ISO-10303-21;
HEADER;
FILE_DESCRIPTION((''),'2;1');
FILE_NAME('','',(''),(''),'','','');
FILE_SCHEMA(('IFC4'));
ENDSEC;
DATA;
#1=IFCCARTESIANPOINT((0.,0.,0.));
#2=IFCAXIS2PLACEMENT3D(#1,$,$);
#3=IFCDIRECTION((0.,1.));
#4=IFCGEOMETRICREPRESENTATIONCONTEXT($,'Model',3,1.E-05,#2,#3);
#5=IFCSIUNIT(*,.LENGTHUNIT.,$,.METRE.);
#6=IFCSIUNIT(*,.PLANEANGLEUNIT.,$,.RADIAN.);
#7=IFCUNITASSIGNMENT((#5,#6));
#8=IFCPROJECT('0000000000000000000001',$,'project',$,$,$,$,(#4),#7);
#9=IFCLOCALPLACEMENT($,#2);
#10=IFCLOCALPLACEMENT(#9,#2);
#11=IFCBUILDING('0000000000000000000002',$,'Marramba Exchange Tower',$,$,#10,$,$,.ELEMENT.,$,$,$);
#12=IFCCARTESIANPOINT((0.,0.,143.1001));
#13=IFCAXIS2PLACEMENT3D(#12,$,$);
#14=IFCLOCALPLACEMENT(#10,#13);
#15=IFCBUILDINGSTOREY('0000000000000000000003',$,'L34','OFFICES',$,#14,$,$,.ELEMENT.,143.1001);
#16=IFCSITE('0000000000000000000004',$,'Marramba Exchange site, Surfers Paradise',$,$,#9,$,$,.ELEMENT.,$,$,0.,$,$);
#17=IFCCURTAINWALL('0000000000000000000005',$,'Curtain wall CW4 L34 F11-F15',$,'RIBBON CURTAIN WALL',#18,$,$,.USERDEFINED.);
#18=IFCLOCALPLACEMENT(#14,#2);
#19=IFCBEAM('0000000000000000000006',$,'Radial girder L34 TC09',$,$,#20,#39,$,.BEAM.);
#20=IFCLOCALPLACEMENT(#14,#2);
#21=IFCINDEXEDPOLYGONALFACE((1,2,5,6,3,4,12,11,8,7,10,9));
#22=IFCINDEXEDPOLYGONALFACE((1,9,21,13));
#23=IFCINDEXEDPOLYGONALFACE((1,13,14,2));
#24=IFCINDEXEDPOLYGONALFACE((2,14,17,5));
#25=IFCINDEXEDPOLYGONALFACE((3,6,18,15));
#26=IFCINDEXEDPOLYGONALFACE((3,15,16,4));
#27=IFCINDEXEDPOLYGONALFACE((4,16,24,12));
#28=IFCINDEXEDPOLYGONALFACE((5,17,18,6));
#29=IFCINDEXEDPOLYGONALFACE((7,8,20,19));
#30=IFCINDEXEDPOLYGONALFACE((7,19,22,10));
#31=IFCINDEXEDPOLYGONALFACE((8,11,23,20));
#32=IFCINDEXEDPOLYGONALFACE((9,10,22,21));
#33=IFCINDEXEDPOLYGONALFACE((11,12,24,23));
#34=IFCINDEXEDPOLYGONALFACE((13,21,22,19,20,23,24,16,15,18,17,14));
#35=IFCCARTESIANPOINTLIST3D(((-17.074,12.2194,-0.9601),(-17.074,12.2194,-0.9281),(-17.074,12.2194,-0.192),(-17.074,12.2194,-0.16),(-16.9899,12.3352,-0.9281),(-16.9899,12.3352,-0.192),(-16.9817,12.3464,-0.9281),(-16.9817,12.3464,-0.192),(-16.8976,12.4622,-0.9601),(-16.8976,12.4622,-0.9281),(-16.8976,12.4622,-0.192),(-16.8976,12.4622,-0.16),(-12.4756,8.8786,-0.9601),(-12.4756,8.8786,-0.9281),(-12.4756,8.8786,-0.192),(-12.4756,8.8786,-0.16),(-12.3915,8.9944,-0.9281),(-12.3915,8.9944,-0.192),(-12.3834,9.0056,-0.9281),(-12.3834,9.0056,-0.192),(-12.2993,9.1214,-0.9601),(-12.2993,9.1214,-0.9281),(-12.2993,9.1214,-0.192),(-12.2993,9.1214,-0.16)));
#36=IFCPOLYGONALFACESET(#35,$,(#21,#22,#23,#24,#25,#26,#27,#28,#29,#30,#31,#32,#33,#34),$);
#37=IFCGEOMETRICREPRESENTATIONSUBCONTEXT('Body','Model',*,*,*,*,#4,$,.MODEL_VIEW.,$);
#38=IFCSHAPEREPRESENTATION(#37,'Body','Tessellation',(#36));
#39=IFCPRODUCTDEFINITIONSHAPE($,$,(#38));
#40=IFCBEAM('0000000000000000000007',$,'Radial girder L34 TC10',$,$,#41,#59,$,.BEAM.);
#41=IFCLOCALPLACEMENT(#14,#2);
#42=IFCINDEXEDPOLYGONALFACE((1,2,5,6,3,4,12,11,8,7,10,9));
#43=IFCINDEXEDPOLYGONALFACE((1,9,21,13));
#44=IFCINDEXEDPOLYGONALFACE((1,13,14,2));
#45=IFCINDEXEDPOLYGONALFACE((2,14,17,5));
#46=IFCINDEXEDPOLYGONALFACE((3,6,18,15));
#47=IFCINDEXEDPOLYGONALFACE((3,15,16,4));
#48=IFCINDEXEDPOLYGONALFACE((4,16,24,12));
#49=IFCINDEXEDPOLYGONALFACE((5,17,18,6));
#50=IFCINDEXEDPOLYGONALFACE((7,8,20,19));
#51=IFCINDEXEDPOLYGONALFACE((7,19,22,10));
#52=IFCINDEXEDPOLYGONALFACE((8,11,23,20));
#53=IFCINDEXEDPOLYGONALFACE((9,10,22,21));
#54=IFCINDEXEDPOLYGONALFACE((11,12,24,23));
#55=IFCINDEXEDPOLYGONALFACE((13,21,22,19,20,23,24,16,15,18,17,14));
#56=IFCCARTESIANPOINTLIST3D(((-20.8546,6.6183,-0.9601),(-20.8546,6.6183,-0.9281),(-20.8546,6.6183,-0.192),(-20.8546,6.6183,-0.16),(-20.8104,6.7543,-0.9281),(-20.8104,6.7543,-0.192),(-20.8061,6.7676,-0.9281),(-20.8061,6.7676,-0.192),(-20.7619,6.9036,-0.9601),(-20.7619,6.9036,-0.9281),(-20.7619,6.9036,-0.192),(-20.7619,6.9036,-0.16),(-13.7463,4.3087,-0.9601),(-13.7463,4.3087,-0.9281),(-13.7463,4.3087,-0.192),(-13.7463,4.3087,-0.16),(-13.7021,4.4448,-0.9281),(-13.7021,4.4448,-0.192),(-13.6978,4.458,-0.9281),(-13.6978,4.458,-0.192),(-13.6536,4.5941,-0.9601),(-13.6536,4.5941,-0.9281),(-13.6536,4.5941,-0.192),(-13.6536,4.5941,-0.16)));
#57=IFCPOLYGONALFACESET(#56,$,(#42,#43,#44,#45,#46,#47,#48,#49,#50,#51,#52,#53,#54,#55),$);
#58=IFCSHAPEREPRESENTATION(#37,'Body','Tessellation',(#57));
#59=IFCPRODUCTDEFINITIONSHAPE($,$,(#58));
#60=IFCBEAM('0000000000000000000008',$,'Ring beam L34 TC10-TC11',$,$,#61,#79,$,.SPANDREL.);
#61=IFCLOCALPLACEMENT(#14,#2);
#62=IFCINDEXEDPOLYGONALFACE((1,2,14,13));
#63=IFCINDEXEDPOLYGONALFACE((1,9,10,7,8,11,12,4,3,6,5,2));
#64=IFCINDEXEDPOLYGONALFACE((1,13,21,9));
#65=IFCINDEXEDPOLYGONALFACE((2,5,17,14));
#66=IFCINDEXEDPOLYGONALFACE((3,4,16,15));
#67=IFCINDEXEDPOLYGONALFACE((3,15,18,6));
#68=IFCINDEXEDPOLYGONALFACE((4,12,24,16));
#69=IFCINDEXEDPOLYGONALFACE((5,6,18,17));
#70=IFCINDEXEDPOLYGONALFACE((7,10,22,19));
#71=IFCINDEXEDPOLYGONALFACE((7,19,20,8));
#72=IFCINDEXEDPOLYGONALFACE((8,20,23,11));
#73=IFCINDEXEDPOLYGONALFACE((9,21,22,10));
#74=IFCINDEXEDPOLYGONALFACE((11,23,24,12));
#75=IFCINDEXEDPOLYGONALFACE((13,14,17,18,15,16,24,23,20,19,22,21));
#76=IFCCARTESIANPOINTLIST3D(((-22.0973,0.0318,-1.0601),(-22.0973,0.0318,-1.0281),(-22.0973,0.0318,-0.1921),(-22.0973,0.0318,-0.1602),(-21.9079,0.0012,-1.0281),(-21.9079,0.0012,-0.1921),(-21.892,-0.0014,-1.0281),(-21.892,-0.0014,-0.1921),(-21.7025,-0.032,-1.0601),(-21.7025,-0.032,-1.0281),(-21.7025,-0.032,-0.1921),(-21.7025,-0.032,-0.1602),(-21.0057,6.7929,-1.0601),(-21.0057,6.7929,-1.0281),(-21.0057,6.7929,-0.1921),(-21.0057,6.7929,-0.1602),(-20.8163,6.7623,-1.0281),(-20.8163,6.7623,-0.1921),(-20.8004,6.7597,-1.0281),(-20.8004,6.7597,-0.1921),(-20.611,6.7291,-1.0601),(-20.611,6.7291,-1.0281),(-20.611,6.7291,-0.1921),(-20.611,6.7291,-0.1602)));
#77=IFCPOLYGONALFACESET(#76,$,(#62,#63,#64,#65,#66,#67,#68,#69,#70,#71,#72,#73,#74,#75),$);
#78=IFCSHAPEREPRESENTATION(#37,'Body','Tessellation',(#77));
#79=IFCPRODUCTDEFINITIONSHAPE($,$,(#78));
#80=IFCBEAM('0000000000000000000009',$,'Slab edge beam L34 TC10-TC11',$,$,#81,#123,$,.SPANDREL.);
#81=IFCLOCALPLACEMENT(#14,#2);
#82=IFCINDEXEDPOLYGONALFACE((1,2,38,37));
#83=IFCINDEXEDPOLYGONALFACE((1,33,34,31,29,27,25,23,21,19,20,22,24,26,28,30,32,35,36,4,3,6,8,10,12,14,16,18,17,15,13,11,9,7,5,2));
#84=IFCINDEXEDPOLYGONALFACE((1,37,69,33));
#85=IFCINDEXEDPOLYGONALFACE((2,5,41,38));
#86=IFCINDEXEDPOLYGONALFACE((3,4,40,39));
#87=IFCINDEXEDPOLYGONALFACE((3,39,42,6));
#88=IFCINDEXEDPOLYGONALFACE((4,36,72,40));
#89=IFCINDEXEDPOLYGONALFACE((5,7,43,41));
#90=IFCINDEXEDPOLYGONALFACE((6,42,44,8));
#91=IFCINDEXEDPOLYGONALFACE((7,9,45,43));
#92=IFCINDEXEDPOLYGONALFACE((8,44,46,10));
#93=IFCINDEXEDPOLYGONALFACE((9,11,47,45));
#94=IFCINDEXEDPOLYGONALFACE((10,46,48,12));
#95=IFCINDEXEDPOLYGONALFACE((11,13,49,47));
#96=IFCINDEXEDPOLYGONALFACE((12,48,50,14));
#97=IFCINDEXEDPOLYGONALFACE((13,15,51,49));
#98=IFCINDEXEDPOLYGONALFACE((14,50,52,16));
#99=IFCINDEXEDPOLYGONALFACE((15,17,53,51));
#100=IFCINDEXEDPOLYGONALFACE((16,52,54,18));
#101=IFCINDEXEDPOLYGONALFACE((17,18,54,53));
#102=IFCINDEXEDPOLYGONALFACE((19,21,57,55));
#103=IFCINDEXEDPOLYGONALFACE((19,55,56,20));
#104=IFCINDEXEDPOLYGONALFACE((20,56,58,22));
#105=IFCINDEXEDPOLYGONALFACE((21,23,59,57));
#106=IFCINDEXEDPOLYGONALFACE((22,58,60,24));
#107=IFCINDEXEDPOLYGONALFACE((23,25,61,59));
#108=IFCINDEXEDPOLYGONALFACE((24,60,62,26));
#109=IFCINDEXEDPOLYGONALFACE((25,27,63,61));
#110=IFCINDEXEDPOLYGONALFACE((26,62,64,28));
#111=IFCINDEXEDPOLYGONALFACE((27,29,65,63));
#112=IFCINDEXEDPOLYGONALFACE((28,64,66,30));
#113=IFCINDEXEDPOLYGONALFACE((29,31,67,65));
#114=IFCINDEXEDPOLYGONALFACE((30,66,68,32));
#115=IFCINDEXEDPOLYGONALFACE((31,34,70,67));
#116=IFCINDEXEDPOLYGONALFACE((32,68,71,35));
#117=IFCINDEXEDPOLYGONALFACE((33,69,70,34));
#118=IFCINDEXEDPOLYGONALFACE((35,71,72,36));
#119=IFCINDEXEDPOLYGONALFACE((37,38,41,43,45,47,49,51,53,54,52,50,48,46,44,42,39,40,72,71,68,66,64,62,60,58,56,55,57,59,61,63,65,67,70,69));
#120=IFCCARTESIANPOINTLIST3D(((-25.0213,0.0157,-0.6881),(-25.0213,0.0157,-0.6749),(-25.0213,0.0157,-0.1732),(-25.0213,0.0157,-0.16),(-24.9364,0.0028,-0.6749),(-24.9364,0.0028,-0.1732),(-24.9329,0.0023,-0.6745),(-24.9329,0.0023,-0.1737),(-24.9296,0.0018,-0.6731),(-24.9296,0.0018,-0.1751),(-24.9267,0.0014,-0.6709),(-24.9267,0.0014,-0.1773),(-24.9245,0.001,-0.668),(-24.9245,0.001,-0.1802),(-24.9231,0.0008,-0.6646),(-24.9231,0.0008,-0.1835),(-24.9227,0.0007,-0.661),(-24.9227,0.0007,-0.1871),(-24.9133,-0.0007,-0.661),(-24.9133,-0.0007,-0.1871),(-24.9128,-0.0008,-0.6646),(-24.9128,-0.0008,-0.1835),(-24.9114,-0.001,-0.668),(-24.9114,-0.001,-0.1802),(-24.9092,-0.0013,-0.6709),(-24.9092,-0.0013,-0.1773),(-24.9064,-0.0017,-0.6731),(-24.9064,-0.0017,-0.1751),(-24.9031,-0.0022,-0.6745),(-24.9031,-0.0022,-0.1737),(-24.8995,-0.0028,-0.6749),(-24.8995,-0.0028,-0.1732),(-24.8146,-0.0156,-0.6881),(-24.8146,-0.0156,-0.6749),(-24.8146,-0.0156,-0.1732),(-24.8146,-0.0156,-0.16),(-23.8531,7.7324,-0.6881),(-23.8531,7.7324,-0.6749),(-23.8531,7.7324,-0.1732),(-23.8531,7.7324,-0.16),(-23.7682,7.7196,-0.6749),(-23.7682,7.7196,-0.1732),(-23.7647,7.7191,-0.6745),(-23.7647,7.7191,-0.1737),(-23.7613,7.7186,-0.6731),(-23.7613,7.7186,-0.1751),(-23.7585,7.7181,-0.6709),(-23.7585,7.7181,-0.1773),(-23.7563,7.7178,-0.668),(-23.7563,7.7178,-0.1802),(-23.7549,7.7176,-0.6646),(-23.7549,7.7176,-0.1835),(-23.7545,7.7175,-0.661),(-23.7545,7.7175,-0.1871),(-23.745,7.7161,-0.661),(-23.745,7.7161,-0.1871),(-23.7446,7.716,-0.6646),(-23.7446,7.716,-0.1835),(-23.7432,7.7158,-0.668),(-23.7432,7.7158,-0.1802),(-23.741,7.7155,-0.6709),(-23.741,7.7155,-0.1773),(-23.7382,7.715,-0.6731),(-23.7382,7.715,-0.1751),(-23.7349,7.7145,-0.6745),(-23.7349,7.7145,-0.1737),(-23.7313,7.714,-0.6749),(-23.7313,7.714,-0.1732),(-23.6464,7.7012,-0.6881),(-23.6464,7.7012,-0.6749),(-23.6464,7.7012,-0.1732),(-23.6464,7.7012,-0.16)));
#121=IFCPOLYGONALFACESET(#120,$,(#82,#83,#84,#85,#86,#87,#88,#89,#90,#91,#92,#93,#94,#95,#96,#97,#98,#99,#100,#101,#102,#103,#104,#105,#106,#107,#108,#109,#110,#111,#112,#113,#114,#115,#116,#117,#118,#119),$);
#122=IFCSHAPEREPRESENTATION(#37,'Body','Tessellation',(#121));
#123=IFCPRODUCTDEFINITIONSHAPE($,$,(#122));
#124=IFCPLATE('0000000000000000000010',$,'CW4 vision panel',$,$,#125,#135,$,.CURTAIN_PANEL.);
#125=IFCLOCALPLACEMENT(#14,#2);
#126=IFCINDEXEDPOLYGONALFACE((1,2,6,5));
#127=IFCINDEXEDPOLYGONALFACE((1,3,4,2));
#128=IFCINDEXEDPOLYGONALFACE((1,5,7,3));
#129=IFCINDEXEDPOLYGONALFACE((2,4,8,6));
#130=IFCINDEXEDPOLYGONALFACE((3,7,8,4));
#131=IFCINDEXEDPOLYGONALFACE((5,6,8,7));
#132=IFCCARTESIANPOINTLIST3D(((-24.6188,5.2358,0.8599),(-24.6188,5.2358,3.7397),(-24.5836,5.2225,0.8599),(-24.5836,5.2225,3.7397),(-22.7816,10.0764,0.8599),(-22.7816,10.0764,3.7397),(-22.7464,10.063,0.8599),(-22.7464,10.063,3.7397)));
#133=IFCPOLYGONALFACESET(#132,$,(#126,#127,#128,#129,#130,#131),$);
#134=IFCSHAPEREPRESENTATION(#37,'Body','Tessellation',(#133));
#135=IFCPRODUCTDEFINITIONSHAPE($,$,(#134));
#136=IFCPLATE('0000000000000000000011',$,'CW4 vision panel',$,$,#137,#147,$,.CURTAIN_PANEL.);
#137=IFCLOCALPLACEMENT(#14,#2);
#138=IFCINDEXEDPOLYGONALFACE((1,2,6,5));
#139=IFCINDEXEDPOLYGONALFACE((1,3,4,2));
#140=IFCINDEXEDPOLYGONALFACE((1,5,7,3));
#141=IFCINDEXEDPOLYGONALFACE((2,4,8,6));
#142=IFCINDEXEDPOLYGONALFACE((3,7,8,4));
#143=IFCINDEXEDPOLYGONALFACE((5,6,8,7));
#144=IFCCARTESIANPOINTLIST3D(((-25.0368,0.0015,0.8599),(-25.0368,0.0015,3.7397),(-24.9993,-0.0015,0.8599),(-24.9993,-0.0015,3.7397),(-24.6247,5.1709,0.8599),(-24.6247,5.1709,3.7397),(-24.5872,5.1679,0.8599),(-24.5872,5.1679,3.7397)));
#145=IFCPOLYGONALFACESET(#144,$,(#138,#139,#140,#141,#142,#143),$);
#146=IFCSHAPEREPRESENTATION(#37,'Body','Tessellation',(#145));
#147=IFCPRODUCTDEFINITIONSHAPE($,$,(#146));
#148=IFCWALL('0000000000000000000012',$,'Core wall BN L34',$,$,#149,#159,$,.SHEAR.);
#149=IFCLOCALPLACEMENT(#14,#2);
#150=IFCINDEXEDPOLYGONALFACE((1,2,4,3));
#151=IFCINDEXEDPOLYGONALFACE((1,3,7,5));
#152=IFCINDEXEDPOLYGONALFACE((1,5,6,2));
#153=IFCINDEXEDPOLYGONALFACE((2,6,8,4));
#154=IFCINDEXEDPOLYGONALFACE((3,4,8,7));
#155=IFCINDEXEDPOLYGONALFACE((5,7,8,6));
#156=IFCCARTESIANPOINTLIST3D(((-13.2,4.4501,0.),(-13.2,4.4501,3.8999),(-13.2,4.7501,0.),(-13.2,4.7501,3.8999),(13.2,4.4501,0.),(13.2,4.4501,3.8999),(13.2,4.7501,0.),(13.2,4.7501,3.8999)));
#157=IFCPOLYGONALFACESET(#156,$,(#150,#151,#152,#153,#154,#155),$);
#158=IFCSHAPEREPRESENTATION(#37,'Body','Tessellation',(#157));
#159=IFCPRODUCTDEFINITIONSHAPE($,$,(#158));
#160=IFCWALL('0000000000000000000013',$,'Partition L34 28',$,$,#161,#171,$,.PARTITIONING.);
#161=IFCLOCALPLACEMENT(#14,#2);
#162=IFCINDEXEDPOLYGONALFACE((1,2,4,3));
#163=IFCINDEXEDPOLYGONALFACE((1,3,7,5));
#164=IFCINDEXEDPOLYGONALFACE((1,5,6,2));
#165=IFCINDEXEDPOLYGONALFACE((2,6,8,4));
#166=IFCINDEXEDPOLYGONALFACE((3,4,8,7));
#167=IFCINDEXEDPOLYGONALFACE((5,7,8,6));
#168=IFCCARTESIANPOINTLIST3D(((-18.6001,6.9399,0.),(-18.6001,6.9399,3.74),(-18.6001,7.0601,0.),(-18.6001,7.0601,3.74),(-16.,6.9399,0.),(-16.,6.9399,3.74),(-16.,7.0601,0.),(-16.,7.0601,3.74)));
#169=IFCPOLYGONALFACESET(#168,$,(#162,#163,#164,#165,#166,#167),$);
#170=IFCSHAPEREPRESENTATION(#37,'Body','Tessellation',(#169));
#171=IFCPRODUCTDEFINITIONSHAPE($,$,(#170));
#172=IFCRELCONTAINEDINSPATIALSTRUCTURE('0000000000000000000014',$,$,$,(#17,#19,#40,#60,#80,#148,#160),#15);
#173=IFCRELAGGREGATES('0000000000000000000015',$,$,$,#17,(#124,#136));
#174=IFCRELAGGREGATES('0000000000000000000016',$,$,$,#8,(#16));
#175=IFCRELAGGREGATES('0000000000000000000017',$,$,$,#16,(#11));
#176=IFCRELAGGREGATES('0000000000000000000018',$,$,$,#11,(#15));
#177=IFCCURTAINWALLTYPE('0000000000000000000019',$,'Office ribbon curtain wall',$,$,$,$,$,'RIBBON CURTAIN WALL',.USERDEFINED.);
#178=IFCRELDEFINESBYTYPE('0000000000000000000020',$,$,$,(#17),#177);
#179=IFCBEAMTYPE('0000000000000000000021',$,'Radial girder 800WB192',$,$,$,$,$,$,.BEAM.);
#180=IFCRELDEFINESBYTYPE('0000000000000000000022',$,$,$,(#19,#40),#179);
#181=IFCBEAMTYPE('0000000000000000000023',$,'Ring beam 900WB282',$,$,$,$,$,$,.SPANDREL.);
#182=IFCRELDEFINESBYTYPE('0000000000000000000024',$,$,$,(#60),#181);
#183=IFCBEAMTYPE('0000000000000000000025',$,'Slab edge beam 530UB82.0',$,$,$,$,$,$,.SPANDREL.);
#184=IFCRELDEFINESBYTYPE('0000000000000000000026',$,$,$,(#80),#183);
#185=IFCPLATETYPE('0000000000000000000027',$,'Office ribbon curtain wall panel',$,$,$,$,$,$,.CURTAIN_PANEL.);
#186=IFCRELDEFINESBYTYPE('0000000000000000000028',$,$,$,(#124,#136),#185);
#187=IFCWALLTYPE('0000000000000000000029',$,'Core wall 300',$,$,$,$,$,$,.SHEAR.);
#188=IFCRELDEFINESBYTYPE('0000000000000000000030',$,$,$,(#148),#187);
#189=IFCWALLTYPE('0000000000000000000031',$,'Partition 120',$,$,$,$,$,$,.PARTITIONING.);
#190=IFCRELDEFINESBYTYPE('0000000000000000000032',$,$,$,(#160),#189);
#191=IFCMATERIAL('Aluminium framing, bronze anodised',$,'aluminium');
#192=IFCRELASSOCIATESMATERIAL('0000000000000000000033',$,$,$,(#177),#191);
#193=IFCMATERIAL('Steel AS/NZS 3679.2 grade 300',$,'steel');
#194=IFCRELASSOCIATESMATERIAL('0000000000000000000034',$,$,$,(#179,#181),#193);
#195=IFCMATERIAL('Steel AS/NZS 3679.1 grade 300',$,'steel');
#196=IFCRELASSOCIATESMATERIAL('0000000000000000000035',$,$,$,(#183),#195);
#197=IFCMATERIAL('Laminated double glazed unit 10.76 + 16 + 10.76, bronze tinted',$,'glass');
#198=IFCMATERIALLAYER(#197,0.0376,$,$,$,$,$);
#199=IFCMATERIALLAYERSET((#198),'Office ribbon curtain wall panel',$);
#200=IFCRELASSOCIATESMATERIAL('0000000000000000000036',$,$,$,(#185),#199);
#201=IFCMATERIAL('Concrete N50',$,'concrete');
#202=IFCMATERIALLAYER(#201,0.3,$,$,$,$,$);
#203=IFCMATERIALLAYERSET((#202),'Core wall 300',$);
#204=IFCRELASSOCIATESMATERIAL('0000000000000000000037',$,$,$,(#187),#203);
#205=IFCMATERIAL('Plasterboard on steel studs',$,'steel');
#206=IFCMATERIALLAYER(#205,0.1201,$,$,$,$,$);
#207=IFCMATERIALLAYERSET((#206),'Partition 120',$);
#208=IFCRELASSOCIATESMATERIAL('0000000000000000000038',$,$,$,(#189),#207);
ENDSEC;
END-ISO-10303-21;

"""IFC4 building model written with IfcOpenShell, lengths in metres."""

from ifc_helpers import new_model, si_unit, direction, frame, frame_2d, origin, origin_2d, place, context, subcontext, project, spatial, rectangle, i_section, extrude, material, layer, layer_set, material_profile, profile_set, type_object, element, aggregate, save


model = new_model("IFC4")

# Units and contexts
model_context = context("Model", 3, precision=1e-05, world=origin(), true_north=direction((0.0, 1.0)))
body_context = subcontext(model_context, "Body", "Model", "MODEL_VIEW")
ifc_project = project(units=[si_unit("LENGTHUNIT", "METRE"), si_unit("PLANEANGLEUNIT", "RADIAN")], contexts=[model_context])

# Site, building, storey
site_placement = place(None, origin())
site = spatial("IfcSite", under=ifc_project, at=site_placement, Name="Marramba Exchange site, Surfers Paradise", CompositionType="ELEMENT", RefElevation=0.0)
building_placement = place(site_placement, origin())
building = spatial("IfcBuilding", under=site, at=building_placement, Name="Marramba Exchange Tower", CompositionType="ELEMENT")
storey_placement = place(building_placement, frame((0.0, 0.0, 143.1001)))
storey = spatial("IfcBuildingStorey", under=building, at=storey_placement, Name="L34", Description="OFFICES", CompositionType="ELEMENT", Elevation=143.1001)

# Shared definitions
ifc_material_1 = material(Name="Concrete N50", Category="concrete")

# Shared definitions
ifc_material_2 = material(Name="Steel AS/NZS 3679.2 grade 300", Category="steel")
ifc_material_3 = material(Name="Steel AS/NZS 3679.1 grade 300", Category="steel")

# Curtain wall
ifc_material_4 = material(Name="Aluminium framing, bronze anodised", Category="aluminium")
curtain_wall_type = type_object("IfcCurtainWallType", Name="Office ribbon curtain wall", ElementType="RIBBON CURTAIN WALL", PredefinedType="USERDEFINED", material=ifc_material_4)
curtain_wall_placement = place(storey_placement, origin())
curtain_wall = element("IfcCurtainWall", 1, at=curtain_wall_placement, inside=storey, type_object=curtain_wall_type, Name="Curtain wall CW4 L34 F11-F15", ObjectType="RIBBON CURTAIN WALL", PredefinedType="USERDEFINED")

# Beams
ifc_material_profile_1 = material_profile(ifc_material_2, i_section(OverallWidth=0.3, OverallDepth=0.8, WebThickness=0.0139, FlangeThickness=0.032, at=origin_2d()), Name="800WB192")
ifc_profile_set_1 = profile_set([ifc_material_profile_1], Name="Steel AS/NZS 3679.2 grade 300")
beam_type_1 = type_object("IfcBeamType", Name="Radial girder 800WB192", PredefinedType="BEAM", material=ifc_profile_set_1)
beam_1_placement = place(storey_placement, frame((-12.3875, 9.0, -0.5601), z_axis=(-0.809026, 0.587773, 0.0), x_axis=(-0.587773, -0.809026, 0.0)))
element("IfcBeam", 2, at=beam_1_placement, inside=storey, type_object=beam_type_1, Name="Radial girder L34 TC09", PredefinedType="BEAM", context=body_context, shape_type="SweptSolid", body=[
    extrude(i_section(OverallWidth=0.3, OverallDepth=0.8, WebThickness=0.0139, FlangeThickness=0.032, at=origin_2d()), origin(), (0.0, 0.0, 1.0), 5.6838),
])
beam_2_placement = place(storey_placement, frame((-13.7, 4.4514, -0.5601), z_axis=(-0.95106, 0.309006, 0.0), x_axis=(-0.309006, -0.95106, 0.0)))
element("IfcBeam", 3, at=beam_2_placement, inside=storey, type_object=beam_type_1, Name="Radial girder L34 TC10", PredefinedType="BEAM", context=body_context, shape_type="SweptSolid", body=[
    extrude(i_section(OverallWidth=0.3, OverallDepth=0.8, WebThickness=0.0139, FlangeThickness=0.032, at=origin_2d()), origin(), (0.0, 0.0, 1.0), 7.4741),
])
ifc_material_profile_2 = material_profile(ifc_material_2, i_section(OverallWidth=0.3999, OverallDepth=0.8999, WebThickness=0.0161, FlangeThickness=0.032, at=origin_2d()), Name="900WB282")
ifc_profile_set_2 = profile_set([ifc_material_profile_2], Name="Steel AS/NZS 3679.2 grade 300")
beam_type_2 = type_object("IfcBeamType", Name="Ring beam 900WB282", PredefinedType="SPANDREL", material=ifc_profile_set_2)
beam_3_placement = place(storey_placement, frame((-20.8083, 6.761, -0.6101), z_axis=(-0.159385, -0.987217, 0.0), x_axis=(0.987217, -0.159385, 0.0)))
element("IfcBeam", 4, at=beam_3_placement, inside=storey, type_object=beam_type_2, Name="Ring beam L34 TC10-TC11", PredefinedType="SPANDREL", context=body_context, shape_type="SweptSolid", body=[
    extrude(i_section(OverallWidth=0.3999, OverallDepth=0.8999, WebThickness=0.0161, FlangeThickness=0.032, at=origin_2d()), origin(), (0.0, 0.0, 1.0), 6.8486),
])
ifc_material_profile_3 = material_profile(ifc_material_3, i_section(OverallWidth=0.209, OverallDepth=0.5281, WebThickness=0.0095, FlangeThickness=0.0132, FilletRadius=0.0139, at=origin_2d()), Name="530UB82.0")
ifc_profile_set_3 = profile_set([ifc_material_profile_3], Name="Steel AS/NZS 3679.1 grade 300")
beam_type_3 = type_object("IfcBeamType", Name="Slab edge beam 530UB82.0", PredefinedType="SPANDREL", material=ifc_profile_set_3)
beam_4_placement = place(storey_placement, frame((-23.7498, 7.7168, -0.4241), z_axis=(-0.14968, -0.988734, 0.0), x_axis=(0.988734, -0.14968, 0.0)))
element("IfcBeam", 5, at=beam_4_placement, inside=storey, type_object=beam_type_3, Name="Slab edge beam L34 TC10-TC11", PredefinedType="SPANDREL", context=body_context, shape_type="SweptSolid", body=[
    extrude(i_section(OverallWidth=0.209, OverallDepth=0.5281, WebThickness=0.0095, FlangeThickness=0.0132, FilletRadius=0.0139, at=origin_2d()), origin(), (0.0, 0.0, 1.0), 7.8047),
])

# Plates
ifc_material_5 = material(Name="Laminated double glazed unit 10.76 + 16 + 10.76, bronze tinted", Category="glass")
ifc_layer_1 = layer(ifc_material_5, 0.0376)
ifc_layer_set_1 = layer_set([ifc_layer_1], Name="Office ribbon curtain wall panel")
plate_type = type_object("IfcPlateType", Name="Office ribbon curtain wall panel", PredefinedType="CURTAIN_PANEL", material=ifc_layer_set_1)
plate_1_placement = place(storey_placement, frame((-23.6826, 7.6494, 0.8599), z_axis=(0.0, 0.0, 1.0), x_axis=(-0.354844, -0.934925, 0.0)))
plate_1 = element("IfcPlate", 6, at=plate_1_placement, type_object=plate_type, Name="CW4 vision panel", PredefinedType="CURTAIN_PANEL", context=body_context, shape_type="SweptSolid", body=[
    extrude(rectangle(XDim=5.1775, YDim=0.0376, at=origin_2d()), origin(), (0.0, 0.0, 1.0), 2.8799),
])
plate_2_placement = place(storey_placement, frame((-24.812, 2.5847, 0.8599), z_axis=(0.0, 0.0, 1.0), x_axis=(-0.07946, -0.996838, 0.0)))
plate_2 = element("IfcPlate", 7, at=plate_2_placement, type_object=plate_type, Name="CW4 vision panel", PredefinedType="CURTAIN_PANEL", context=body_context, shape_type="SweptSolid", body=[
    extrude(rectangle(XDim=5.1858, YDim=0.0376, at=origin_2d()), origin(), (0.0, 0.0, 1.0), 2.8799),
])
aggregate(curtain_wall, [plate_1, plate_2])

# Walls
ifc_layer_2 = layer(ifc_material_1, 0.3)
ifc_layer_set_2 = layer_set([ifc_layer_2], Name="Core wall 300")
wall_type_1 = type_object("IfcWallType", Name="Core wall 300", PredefinedType="SHEAR", material=ifc_layer_set_2)
wall_1_placement = place(storey_placement, frame((-13.2, 4.6001, 0.0), z_axis=(0.0, 0.0, 1.0), x_axis=(1.0, 0.0, 0.0)))
element("IfcWall", 8, at=wall_1_placement, inside=storey, type_object=wall_type_1, Name="Core wall BN L34", PredefinedType="SHEAR", context=body_context, shape_type="SweptSolid", body=[
    extrude(rectangle(XDim=26.3999, YDim=0.3, at=frame_2d((13.2, 0.0))), origin(), (0.0, 0.0, 1.0), 3.8999),
])
ifc_material_6 = material(Name="Plasterboard on steel studs", Category="steel")
ifc_layer_3 = layer(ifc_material_6, 0.1201)
ifc_layer_set_3 = layer_set([ifc_layer_3], Name="Partition 120")
wall_type_2 = type_object("IfcWallType", Name="Partition 120", PredefinedType="PARTITIONING", material=ifc_layer_set_3)
wall_2_placement = place(storey_placement, frame((-18.6001, 7.0, 0.0), z_axis=(0.0, 0.0, 1.0), x_axis=(1.0, 0.0, 0.0)))
element("IfcWall", 9, at=wall_2_placement, inside=storey, type_object=wall_type_2, Name="Partition L34 28", PredefinedType="PARTITIONING", context=body_context, shape_type="SweptSolid", body=[
    extrude(rectangle(XDim=2.6001, YDim=0.1201, at=frame_2d((1.3, 0.0))), origin(), (0.0, 0.0, 1.0), 3.74),
])

save(model, "model.ifc")
